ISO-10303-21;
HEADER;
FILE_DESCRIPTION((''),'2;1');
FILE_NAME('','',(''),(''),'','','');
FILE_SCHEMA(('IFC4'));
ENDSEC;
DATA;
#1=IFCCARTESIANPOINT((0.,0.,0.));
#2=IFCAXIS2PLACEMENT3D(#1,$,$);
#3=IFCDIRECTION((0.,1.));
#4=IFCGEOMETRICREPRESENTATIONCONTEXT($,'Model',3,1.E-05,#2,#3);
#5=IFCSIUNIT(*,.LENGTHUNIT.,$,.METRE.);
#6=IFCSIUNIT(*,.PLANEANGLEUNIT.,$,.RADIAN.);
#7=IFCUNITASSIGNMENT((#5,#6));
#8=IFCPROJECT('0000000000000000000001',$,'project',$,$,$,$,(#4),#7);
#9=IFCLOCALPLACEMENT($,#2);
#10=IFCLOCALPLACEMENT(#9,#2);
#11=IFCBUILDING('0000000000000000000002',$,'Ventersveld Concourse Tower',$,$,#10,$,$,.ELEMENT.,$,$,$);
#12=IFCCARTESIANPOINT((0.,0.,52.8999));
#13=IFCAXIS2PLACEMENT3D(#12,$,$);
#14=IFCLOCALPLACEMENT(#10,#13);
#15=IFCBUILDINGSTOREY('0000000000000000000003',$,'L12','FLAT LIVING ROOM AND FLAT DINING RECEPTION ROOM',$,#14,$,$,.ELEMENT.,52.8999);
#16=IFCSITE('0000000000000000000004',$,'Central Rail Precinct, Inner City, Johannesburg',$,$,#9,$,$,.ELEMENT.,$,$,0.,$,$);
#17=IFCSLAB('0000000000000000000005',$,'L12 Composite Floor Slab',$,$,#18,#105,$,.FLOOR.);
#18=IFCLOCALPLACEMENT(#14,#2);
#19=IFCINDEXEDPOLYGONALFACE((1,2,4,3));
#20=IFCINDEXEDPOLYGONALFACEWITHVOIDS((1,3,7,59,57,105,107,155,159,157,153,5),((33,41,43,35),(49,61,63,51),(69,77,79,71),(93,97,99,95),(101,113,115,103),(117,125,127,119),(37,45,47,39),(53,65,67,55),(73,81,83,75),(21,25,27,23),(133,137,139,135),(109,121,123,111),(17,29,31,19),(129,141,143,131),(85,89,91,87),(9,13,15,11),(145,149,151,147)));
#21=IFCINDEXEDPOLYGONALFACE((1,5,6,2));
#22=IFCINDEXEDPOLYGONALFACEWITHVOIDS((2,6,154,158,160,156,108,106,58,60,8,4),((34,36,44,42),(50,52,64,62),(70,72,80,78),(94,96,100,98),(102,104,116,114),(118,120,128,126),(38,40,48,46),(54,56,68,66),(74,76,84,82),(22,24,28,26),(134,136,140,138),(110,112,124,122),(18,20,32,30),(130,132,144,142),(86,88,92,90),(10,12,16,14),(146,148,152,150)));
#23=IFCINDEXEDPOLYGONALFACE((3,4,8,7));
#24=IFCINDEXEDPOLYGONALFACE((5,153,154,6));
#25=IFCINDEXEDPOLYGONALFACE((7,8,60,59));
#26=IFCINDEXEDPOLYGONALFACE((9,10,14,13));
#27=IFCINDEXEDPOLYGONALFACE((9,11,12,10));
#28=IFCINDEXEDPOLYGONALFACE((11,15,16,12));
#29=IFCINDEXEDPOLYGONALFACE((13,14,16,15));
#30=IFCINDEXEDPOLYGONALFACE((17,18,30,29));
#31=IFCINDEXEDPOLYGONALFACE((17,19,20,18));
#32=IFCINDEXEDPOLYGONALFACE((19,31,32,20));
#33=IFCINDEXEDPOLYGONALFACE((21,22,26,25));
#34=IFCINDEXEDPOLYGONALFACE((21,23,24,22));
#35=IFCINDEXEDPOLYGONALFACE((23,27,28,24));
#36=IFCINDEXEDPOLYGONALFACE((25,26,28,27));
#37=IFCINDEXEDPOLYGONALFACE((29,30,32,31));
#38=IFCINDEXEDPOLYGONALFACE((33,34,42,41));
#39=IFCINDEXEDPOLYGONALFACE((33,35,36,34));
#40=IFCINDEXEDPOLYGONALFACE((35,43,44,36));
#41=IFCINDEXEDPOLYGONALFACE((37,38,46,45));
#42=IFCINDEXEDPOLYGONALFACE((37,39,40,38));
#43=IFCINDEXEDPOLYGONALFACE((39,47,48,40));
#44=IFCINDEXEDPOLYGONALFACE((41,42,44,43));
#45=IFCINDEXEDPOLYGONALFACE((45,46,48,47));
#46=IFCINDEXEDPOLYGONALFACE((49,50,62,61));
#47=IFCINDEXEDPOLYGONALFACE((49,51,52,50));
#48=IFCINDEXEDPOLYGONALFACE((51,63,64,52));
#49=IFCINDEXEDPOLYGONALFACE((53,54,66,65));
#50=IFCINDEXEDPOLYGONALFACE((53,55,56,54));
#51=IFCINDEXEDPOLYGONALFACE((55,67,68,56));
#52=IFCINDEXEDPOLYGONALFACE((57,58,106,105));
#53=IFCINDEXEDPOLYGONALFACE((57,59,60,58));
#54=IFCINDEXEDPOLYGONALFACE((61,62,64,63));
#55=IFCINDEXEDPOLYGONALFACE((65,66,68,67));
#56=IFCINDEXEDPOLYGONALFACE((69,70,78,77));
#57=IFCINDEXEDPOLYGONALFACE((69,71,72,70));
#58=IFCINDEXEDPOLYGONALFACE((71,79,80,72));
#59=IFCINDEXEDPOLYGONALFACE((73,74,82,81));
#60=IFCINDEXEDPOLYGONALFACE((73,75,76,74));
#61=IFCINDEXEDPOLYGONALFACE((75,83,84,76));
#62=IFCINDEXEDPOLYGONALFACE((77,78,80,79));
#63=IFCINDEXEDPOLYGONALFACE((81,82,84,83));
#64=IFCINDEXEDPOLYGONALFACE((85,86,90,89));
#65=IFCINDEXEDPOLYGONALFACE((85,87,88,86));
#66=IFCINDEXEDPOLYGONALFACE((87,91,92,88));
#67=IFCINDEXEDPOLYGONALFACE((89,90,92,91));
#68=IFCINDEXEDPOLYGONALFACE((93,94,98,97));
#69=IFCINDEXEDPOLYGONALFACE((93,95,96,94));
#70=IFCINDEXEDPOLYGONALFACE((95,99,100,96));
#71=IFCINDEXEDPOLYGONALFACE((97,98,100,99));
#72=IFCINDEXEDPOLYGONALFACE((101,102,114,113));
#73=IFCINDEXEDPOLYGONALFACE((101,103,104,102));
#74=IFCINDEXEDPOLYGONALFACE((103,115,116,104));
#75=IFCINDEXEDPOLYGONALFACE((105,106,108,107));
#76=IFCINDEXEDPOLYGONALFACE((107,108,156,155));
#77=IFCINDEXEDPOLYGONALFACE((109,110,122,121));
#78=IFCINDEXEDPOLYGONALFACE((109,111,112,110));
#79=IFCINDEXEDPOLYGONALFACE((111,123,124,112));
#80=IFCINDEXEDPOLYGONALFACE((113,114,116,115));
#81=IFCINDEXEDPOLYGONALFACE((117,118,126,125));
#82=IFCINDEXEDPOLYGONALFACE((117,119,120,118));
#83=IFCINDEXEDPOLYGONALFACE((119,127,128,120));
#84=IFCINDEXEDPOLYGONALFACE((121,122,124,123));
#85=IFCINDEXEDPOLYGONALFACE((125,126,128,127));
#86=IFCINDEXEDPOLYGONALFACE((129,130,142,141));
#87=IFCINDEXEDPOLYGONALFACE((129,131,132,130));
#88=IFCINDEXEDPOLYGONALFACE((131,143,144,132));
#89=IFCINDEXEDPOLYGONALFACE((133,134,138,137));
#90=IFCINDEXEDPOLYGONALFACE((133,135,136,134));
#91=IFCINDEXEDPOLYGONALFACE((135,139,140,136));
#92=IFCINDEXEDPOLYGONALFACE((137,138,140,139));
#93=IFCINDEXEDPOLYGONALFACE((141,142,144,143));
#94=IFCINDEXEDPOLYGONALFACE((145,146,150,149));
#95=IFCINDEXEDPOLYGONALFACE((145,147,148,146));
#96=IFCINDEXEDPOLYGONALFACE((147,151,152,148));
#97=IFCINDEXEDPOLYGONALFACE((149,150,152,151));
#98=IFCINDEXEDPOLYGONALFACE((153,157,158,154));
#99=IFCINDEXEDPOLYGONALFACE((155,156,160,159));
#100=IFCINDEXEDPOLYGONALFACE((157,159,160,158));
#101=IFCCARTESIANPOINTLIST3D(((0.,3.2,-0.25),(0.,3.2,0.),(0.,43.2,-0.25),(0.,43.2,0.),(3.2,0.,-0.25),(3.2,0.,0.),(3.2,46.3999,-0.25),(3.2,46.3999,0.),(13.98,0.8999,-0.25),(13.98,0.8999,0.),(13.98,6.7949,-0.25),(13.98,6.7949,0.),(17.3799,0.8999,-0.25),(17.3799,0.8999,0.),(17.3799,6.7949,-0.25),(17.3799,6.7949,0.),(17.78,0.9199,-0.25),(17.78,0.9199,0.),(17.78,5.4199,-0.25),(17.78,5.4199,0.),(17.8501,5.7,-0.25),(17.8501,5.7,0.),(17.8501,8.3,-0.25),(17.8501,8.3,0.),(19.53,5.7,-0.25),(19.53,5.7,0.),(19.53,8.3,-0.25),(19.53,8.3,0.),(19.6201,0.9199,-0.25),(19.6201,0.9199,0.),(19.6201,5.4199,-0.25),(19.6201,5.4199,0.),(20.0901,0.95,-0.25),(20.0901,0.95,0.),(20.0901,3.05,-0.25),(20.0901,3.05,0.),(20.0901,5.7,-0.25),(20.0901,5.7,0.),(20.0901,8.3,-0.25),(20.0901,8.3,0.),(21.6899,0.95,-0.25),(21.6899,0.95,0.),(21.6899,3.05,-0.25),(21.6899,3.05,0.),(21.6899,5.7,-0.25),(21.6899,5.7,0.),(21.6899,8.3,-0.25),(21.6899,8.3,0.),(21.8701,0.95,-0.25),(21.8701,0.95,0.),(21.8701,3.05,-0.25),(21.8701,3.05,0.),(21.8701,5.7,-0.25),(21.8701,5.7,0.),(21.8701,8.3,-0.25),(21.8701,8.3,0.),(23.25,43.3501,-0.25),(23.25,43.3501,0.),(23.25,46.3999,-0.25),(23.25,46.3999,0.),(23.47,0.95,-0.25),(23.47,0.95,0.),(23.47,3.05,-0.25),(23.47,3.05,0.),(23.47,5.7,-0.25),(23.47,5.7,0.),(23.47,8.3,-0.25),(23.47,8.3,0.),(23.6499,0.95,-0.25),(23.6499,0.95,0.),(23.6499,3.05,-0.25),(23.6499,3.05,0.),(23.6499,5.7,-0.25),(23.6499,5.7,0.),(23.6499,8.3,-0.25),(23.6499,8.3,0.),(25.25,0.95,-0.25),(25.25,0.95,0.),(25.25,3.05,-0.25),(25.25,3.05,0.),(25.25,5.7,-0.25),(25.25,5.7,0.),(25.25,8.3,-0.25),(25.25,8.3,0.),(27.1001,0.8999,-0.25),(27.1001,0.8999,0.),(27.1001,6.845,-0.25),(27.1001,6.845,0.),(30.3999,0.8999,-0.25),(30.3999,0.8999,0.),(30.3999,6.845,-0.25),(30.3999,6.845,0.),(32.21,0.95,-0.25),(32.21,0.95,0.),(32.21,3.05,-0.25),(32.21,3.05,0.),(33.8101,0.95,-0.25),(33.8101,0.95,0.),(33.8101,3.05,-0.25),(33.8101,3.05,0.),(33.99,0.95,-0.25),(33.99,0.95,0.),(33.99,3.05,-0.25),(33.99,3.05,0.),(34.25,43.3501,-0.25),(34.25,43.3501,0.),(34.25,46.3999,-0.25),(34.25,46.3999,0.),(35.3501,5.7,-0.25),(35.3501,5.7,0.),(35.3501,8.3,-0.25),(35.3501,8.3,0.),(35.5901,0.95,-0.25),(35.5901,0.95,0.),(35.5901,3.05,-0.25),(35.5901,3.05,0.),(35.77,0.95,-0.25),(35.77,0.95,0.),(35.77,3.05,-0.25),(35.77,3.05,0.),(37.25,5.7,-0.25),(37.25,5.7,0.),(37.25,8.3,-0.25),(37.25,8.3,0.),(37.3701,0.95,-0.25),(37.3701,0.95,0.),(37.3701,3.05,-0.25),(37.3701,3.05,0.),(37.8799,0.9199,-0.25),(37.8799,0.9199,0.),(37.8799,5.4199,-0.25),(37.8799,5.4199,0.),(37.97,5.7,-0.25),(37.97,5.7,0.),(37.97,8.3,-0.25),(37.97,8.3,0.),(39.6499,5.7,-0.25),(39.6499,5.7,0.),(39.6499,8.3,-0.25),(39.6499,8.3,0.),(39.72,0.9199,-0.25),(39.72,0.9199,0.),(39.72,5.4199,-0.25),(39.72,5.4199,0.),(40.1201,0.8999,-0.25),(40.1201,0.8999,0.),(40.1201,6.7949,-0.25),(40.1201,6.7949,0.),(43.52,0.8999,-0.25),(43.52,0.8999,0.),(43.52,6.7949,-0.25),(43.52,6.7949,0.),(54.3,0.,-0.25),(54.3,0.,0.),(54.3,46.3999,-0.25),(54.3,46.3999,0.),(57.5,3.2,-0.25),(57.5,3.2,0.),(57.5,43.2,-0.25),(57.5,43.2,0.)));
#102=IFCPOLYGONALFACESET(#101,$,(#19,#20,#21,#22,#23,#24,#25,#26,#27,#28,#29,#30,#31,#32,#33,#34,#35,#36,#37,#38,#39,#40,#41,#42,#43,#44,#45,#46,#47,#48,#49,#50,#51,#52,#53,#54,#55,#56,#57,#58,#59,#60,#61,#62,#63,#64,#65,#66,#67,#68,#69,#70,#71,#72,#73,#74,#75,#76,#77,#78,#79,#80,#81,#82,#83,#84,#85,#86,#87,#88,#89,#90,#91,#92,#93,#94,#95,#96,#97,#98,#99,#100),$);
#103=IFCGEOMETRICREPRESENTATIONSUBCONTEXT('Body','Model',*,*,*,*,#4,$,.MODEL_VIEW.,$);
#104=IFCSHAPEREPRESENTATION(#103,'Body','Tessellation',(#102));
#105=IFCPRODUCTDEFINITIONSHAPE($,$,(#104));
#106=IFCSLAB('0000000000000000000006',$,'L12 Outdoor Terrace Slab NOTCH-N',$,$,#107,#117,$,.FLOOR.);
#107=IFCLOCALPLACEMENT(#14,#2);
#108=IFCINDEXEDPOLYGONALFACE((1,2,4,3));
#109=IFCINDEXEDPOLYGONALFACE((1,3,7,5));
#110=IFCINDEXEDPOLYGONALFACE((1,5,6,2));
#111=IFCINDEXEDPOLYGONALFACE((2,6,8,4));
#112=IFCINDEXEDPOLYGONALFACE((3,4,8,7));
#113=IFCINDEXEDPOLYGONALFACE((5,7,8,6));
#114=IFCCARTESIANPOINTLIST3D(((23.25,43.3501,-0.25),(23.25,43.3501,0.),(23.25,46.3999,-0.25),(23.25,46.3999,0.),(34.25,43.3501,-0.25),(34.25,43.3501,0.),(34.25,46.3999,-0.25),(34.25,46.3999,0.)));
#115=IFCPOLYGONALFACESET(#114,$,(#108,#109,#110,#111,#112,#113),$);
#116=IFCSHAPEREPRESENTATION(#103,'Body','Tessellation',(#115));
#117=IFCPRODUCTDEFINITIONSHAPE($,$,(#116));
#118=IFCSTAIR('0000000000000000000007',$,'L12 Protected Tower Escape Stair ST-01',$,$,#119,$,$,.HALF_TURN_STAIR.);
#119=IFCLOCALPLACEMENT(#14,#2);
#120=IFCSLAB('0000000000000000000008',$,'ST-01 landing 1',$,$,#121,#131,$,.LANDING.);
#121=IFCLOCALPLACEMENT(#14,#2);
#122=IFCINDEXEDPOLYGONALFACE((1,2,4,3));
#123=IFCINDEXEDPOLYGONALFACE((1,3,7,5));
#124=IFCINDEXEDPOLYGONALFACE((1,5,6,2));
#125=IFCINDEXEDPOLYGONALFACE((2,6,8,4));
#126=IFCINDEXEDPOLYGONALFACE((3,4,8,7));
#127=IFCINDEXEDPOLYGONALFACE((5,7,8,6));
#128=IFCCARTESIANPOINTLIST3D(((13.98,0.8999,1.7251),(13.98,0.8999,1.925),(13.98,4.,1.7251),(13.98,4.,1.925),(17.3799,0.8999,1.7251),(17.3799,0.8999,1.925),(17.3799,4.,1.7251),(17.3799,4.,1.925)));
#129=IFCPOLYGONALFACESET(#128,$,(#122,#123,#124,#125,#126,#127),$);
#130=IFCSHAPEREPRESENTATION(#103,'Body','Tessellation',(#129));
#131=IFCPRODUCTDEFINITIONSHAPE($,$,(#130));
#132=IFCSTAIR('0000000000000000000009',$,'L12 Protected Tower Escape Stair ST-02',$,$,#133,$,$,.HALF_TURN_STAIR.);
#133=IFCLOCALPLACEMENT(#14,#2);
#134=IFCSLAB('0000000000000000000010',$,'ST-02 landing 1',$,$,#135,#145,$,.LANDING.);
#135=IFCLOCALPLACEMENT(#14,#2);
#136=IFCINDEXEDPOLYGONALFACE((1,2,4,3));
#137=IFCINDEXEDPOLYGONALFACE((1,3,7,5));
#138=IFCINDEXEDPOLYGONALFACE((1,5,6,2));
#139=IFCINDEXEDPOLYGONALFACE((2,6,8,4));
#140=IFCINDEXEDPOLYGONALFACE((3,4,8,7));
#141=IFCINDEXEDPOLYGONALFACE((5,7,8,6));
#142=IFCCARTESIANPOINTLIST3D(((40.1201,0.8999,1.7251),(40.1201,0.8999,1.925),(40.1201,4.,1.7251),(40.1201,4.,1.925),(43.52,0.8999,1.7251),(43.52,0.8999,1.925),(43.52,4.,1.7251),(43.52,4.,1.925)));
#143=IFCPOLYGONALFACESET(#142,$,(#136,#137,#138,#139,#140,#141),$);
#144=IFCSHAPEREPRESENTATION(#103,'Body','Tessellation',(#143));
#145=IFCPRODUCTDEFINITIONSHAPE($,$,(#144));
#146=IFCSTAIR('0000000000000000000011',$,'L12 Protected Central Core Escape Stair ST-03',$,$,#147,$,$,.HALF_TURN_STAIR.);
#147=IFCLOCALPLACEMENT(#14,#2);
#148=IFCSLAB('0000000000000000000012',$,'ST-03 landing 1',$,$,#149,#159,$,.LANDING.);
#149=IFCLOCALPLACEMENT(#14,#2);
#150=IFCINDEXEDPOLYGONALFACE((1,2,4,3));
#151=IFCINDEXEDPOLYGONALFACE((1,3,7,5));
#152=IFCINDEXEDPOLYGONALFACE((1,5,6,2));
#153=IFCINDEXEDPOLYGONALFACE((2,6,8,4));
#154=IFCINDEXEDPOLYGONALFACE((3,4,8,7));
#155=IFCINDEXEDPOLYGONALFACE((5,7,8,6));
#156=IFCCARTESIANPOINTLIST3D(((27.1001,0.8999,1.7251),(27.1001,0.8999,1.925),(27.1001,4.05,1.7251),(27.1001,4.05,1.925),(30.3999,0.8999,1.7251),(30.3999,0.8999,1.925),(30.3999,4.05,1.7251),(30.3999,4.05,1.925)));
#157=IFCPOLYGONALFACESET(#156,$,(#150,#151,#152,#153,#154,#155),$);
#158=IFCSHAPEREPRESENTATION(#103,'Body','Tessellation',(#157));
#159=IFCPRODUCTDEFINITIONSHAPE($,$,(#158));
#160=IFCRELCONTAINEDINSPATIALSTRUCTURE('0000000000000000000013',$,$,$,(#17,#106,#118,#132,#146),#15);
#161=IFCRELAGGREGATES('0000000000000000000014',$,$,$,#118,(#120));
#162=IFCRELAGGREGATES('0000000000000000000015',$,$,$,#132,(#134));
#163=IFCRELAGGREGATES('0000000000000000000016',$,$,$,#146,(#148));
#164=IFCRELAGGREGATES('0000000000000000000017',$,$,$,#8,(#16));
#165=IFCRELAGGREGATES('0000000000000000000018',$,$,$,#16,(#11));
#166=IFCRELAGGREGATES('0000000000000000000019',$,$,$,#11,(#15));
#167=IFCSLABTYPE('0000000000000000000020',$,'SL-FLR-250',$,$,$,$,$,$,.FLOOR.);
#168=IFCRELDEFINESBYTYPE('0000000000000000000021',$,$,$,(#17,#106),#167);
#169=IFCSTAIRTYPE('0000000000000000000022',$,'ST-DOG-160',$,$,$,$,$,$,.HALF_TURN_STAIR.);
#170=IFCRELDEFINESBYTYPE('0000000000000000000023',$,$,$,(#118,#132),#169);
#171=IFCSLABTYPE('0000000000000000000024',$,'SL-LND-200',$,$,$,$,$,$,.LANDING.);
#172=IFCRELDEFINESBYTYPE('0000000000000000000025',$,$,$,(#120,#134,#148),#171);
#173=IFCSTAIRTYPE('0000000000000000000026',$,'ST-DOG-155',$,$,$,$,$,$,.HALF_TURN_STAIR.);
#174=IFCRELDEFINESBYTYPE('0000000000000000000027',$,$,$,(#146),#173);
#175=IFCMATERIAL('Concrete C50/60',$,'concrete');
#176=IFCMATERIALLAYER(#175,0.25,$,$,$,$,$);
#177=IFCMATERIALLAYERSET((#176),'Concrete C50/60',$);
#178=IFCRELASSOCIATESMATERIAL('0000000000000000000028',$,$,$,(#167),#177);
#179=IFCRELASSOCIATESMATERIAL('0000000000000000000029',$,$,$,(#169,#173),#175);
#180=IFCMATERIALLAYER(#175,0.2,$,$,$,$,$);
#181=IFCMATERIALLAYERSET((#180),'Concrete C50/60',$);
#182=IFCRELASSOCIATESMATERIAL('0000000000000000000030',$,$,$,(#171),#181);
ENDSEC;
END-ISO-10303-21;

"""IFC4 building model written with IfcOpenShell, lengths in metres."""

from ifc_helpers import new_model, si_unit, direction, frame, origin, place, context, subcontext, project, spatial, polyline, outline, extrude, material, layer, layer_set, type_object, element, aggregate, save


model = new_model("IFC4")

# Units and contexts
model_context = context("Model", 3, precision=1e-05, world=origin(), true_north=direction((0.0, 1.0)))
body_context = subcontext(model_context, "Body", "Model", "MODEL_VIEW")
ifc_project = project(units=[si_unit("LENGTHUNIT", "METRE"), si_unit("PLANEANGLEUNIT", "RADIAN")], contexts=[model_context])

# Site, building, storey
site_placement = place(None, origin())
site = spatial("IfcSite", under=ifc_project, at=site_placement, Name="Central Rail Precinct, Inner City, Johannesburg", CompositionType="ELEMENT", RefElevation=0.0)
building_placement = place(site_placement, origin())
building = spatial("IfcBuilding", under=site, at=building_placement, Name="Ventersveld Concourse Tower", CompositionType="ELEMENT")
storey_placement = place(building_placement, frame((0.0, 0.0, 52.8999)))
storey = spatial("IfcBuildingStorey", under=building, at=storey_placement, Name="L12", Description="FLAT LIVING ROOM AND FLAT DINING RECEPTION ROOM", CompositionType="ELEMENT", Elevation=52.8999)

# Slabs
ifc_material_1 = material(Name="Concrete C50/60", Category="concrete")
ifc_layer_1 = layer(ifc_material_1, 0.25)
ifc_layer_set_1 = layer_set([ifc_layer_1], Name="Concrete C50/60")
slab_type_1 = type_object("IfcSlabType", Name="SL-FLR-250", PredefinedType="FLOOR", material=ifc_layer_set_1)
slab_1_placement = place(storey_placement, frame((0.0, 0.0, -0.25)))
element("IfcSlab", 1, at=slab_1_placement, inside=storey, type_object=slab_type_1, Name="L12 Composite Floor Slab", PredefinedType="FLOOR", context=body_context, shape_type="SweptSolid", body=[
    extrude(outline(polyline([(3.2, 0.0), (54.3, 0.0), (57.5, 3.2), (57.5, 43.2), (54.3, 46.3999), (34.25, 46.3999), (34.25, 43.3501), (23.25, 43.3501), (23.25, 46.3999), (3.2, 46.3999), (0.0, 43.2), (0.0, 3.2), (3.2, 0.0)]), holes=[polyline([(13.98, 6.7949), (13.98, 0.8999), (17.3799, 0.8999), (17.3799, 6.7949), (13.98, 6.7949)]), polyline([(40.1201, 6.7949), (40.1201, 0.8999), (43.52, 0.8999), (43.52, 6.7949), (40.1201, 6.7949)]), polyline([(27.1001, 6.845), (27.1001, 0.8999), (30.3999, 0.8999), (30.3999, 6.845), (27.1001, 6.845)]), polyline([(17.8501, 5.7), (19.53, 5.7), (19.53, 8.3), (17.8501, 8.3), (17.8501, 5.7)]), polyline([(37.97, 5.7), (39.6499, 5.7), (39.6499, 8.3), (37.97, 8.3), (37.97, 5.7)]), polyline([(35.3501, 5.7), (37.25, 5.7), (37.25, 8.3), (35.3501, 8.3), (35.3501, 5.7)]), polyline([(20.0901, 0.95), (21.6899, 0.95), (21.6899, 3.05), (20.0901, 3.05), (20.0901, 0.95)]), polyline([(21.8701, 0.95), (23.47, 0.95), (23.47, 3.05), (21.8701, 3.05), (21.8701, 0.95)]), polyline([(23.6499, 0.95), (25.25, 0.95), (25.25, 3.05), (23.6499, 3.05), (23.6499, 0.95)]), polyline([(32.21, 0.95), (33.8101, 0.95), (33.8101, 3.05), (32.21, 3.05), (32.21, 0.95)]), polyline([(33.99, 0.95), (35.5901, 0.95), (35.5901, 3.05), (33.99, 3.05), (33.99, 0.95)]), polyline([(35.77, 0.95), (37.3701, 0.95), (37.3701, 3.05), (35.77, 3.05), (35.77, 0.95)]), polyline([(20.0901, 5.7), (21.6899, 5.7), (21.6899, 8.3), (20.0901, 8.3), (20.0901, 5.7)]), polyline([(21.8701, 5.7), (23.47, 5.7), (23.47, 8.3), (21.8701, 8.3), (21.8701, 5.7)]), polyline([(23.6499, 5.7), (25.25, 5.7), (25.25, 8.3), (23.6499, 8.3), (23.6499, 5.7)]), polyline([(17.78, 0.9199), (19.6201, 0.9199), (19.6201, 5.4199), (17.78, 5.4199), (17.78, 0.9199)]), polyline([(37.8799, 0.9199), (39.72, 0.9199), (39.72, 5.4199), (37.8799, 5.4199), (37.8799, 0.9199)])]), origin(), (0.0, 0.0, 1.0), 0.25),
])
slab_2_placement = place(storey_placement, frame((0.0, 0.0, -0.25)))
element("IfcSlab", 2, at=slab_2_placement, inside=storey, type_object=slab_type_1, Name="L12 Outdoor Terrace Slab NOTCH-N", PredefinedType="FLOOR", context=body_context, shape_type="SweptSolid", body=[
    extrude(outline(polyline([(23.25, 43.3501), (34.25, 43.3501), (34.25, 46.3999), (23.25, 46.3999), (23.25, 43.3501)])), origin(), (0.0, 0.0, 1.0), 0.25),
])

# Stairs, slabs
stair_type_1 = type_object("IfcStairType", Name="ST-DOG-160", PredefinedType="HALF_TURN_STAIR", material=ifc_material_1)
stair_1_placement = place(storey_placement, origin())
stair_1 = element("IfcStair", 3, at=stair_1_placement, inside=storey, type_object=stair_type_1, Name="L12 Protected Tower Escape Stair ST-01", PredefinedType="HALF_TURN_STAIR")
ifc_layer_2 = layer(ifc_material_1, 0.2)
ifc_layer_set_2 = layer_set([ifc_layer_2], Name="Concrete C50/60")
slab_type_2 = type_object("IfcSlabType", Name="SL-LND-200", PredefinedType="LANDING", material=ifc_layer_set_2)
slab_3_placement = place(storey_placement, frame((0.0, 0.0, 1.7251)))
slab_3 = element("IfcSlab", 4, at=slab_3_placement, type_object=slab_type_2, Name="ST-01 landing 1", PredefinedType="LANDING", context=body_context, shape_type="SweptSolid", body=[
    extrude(outline(polyline([(13.98, 4.0), (13.98, 0.8999), (17.3799, 0.8999), (17.3799, 4.0), (13.98, 4.0)])), origin(), (0.0, 0.0, 1.0), 0.2),
])
aggregate(stair_1, [slab_3])
stair_2_placement = place(storey_placement, origin())
stair_2 = element("IfcStair", 5, at=stair_2_placement, inside=storey, type_object=stair_type_1, Name="L12 Protected Tower Escape Stair ST-02", PredefinedType="HALF_TURN_STAIR")
slab_4_placement = place(storey_placement, frame((0.0, 0.0, 1.7251)))
slab_4 = element("IfcSlab", 6, at=slab_4_placement, type_object=slab_type_2, Name="ST-02 landing 1", PredefinedType="LANDING", context=body_context, shape_type="SweptSolid", body=[
    extrude(outline(polyline([(40.1201, 4.0), (40.1201, 0.8999), (43.52, 0.8999), (43.52, 4.0), (40.1201, 4.0)])), origin(), (0.0, 0.0, 1.0), 0.2),
])
aggregate(stair_2, [slab_4])
stair_type_2 = type_object("IfcStairType", Name="ST-DOG-155", PredefinedType="HALF_TURN_STAIR", material=ifc_material_1)
stair_3_placement = place(storey_placement, origin())
stair_3 = element("IfcStair", 7, at=stair_3_placement, inside=storey, type_object=stair_type_2, Name="L12 Protected Central Core Escape Stair ST-03", PredefinedType="HALF_TURN_STAIR")
slab_5_placement = place(storey_placement, frame((0.0, 0.0, 1.7251)))
slab_5 = element("IfcSlab", 8, at=slab_5_placement, type_object=slab_type_2, Name="ST-03 landing 1", PredefinedType="LANDING", context=body_context, shape_type="SweptSolid", body=[
    extrude(outline(polyline([(27.1001, 4.05), (27.1001, 0.8999), (30.3999, 0.8999), (30.3999, 4.05), (27.1001, 4.05)])), origin(), (0.0, 0.0, 1.0), 0.2),
])
aggregate(stair_3, [slab_5])

save(model, "model.ifc")
